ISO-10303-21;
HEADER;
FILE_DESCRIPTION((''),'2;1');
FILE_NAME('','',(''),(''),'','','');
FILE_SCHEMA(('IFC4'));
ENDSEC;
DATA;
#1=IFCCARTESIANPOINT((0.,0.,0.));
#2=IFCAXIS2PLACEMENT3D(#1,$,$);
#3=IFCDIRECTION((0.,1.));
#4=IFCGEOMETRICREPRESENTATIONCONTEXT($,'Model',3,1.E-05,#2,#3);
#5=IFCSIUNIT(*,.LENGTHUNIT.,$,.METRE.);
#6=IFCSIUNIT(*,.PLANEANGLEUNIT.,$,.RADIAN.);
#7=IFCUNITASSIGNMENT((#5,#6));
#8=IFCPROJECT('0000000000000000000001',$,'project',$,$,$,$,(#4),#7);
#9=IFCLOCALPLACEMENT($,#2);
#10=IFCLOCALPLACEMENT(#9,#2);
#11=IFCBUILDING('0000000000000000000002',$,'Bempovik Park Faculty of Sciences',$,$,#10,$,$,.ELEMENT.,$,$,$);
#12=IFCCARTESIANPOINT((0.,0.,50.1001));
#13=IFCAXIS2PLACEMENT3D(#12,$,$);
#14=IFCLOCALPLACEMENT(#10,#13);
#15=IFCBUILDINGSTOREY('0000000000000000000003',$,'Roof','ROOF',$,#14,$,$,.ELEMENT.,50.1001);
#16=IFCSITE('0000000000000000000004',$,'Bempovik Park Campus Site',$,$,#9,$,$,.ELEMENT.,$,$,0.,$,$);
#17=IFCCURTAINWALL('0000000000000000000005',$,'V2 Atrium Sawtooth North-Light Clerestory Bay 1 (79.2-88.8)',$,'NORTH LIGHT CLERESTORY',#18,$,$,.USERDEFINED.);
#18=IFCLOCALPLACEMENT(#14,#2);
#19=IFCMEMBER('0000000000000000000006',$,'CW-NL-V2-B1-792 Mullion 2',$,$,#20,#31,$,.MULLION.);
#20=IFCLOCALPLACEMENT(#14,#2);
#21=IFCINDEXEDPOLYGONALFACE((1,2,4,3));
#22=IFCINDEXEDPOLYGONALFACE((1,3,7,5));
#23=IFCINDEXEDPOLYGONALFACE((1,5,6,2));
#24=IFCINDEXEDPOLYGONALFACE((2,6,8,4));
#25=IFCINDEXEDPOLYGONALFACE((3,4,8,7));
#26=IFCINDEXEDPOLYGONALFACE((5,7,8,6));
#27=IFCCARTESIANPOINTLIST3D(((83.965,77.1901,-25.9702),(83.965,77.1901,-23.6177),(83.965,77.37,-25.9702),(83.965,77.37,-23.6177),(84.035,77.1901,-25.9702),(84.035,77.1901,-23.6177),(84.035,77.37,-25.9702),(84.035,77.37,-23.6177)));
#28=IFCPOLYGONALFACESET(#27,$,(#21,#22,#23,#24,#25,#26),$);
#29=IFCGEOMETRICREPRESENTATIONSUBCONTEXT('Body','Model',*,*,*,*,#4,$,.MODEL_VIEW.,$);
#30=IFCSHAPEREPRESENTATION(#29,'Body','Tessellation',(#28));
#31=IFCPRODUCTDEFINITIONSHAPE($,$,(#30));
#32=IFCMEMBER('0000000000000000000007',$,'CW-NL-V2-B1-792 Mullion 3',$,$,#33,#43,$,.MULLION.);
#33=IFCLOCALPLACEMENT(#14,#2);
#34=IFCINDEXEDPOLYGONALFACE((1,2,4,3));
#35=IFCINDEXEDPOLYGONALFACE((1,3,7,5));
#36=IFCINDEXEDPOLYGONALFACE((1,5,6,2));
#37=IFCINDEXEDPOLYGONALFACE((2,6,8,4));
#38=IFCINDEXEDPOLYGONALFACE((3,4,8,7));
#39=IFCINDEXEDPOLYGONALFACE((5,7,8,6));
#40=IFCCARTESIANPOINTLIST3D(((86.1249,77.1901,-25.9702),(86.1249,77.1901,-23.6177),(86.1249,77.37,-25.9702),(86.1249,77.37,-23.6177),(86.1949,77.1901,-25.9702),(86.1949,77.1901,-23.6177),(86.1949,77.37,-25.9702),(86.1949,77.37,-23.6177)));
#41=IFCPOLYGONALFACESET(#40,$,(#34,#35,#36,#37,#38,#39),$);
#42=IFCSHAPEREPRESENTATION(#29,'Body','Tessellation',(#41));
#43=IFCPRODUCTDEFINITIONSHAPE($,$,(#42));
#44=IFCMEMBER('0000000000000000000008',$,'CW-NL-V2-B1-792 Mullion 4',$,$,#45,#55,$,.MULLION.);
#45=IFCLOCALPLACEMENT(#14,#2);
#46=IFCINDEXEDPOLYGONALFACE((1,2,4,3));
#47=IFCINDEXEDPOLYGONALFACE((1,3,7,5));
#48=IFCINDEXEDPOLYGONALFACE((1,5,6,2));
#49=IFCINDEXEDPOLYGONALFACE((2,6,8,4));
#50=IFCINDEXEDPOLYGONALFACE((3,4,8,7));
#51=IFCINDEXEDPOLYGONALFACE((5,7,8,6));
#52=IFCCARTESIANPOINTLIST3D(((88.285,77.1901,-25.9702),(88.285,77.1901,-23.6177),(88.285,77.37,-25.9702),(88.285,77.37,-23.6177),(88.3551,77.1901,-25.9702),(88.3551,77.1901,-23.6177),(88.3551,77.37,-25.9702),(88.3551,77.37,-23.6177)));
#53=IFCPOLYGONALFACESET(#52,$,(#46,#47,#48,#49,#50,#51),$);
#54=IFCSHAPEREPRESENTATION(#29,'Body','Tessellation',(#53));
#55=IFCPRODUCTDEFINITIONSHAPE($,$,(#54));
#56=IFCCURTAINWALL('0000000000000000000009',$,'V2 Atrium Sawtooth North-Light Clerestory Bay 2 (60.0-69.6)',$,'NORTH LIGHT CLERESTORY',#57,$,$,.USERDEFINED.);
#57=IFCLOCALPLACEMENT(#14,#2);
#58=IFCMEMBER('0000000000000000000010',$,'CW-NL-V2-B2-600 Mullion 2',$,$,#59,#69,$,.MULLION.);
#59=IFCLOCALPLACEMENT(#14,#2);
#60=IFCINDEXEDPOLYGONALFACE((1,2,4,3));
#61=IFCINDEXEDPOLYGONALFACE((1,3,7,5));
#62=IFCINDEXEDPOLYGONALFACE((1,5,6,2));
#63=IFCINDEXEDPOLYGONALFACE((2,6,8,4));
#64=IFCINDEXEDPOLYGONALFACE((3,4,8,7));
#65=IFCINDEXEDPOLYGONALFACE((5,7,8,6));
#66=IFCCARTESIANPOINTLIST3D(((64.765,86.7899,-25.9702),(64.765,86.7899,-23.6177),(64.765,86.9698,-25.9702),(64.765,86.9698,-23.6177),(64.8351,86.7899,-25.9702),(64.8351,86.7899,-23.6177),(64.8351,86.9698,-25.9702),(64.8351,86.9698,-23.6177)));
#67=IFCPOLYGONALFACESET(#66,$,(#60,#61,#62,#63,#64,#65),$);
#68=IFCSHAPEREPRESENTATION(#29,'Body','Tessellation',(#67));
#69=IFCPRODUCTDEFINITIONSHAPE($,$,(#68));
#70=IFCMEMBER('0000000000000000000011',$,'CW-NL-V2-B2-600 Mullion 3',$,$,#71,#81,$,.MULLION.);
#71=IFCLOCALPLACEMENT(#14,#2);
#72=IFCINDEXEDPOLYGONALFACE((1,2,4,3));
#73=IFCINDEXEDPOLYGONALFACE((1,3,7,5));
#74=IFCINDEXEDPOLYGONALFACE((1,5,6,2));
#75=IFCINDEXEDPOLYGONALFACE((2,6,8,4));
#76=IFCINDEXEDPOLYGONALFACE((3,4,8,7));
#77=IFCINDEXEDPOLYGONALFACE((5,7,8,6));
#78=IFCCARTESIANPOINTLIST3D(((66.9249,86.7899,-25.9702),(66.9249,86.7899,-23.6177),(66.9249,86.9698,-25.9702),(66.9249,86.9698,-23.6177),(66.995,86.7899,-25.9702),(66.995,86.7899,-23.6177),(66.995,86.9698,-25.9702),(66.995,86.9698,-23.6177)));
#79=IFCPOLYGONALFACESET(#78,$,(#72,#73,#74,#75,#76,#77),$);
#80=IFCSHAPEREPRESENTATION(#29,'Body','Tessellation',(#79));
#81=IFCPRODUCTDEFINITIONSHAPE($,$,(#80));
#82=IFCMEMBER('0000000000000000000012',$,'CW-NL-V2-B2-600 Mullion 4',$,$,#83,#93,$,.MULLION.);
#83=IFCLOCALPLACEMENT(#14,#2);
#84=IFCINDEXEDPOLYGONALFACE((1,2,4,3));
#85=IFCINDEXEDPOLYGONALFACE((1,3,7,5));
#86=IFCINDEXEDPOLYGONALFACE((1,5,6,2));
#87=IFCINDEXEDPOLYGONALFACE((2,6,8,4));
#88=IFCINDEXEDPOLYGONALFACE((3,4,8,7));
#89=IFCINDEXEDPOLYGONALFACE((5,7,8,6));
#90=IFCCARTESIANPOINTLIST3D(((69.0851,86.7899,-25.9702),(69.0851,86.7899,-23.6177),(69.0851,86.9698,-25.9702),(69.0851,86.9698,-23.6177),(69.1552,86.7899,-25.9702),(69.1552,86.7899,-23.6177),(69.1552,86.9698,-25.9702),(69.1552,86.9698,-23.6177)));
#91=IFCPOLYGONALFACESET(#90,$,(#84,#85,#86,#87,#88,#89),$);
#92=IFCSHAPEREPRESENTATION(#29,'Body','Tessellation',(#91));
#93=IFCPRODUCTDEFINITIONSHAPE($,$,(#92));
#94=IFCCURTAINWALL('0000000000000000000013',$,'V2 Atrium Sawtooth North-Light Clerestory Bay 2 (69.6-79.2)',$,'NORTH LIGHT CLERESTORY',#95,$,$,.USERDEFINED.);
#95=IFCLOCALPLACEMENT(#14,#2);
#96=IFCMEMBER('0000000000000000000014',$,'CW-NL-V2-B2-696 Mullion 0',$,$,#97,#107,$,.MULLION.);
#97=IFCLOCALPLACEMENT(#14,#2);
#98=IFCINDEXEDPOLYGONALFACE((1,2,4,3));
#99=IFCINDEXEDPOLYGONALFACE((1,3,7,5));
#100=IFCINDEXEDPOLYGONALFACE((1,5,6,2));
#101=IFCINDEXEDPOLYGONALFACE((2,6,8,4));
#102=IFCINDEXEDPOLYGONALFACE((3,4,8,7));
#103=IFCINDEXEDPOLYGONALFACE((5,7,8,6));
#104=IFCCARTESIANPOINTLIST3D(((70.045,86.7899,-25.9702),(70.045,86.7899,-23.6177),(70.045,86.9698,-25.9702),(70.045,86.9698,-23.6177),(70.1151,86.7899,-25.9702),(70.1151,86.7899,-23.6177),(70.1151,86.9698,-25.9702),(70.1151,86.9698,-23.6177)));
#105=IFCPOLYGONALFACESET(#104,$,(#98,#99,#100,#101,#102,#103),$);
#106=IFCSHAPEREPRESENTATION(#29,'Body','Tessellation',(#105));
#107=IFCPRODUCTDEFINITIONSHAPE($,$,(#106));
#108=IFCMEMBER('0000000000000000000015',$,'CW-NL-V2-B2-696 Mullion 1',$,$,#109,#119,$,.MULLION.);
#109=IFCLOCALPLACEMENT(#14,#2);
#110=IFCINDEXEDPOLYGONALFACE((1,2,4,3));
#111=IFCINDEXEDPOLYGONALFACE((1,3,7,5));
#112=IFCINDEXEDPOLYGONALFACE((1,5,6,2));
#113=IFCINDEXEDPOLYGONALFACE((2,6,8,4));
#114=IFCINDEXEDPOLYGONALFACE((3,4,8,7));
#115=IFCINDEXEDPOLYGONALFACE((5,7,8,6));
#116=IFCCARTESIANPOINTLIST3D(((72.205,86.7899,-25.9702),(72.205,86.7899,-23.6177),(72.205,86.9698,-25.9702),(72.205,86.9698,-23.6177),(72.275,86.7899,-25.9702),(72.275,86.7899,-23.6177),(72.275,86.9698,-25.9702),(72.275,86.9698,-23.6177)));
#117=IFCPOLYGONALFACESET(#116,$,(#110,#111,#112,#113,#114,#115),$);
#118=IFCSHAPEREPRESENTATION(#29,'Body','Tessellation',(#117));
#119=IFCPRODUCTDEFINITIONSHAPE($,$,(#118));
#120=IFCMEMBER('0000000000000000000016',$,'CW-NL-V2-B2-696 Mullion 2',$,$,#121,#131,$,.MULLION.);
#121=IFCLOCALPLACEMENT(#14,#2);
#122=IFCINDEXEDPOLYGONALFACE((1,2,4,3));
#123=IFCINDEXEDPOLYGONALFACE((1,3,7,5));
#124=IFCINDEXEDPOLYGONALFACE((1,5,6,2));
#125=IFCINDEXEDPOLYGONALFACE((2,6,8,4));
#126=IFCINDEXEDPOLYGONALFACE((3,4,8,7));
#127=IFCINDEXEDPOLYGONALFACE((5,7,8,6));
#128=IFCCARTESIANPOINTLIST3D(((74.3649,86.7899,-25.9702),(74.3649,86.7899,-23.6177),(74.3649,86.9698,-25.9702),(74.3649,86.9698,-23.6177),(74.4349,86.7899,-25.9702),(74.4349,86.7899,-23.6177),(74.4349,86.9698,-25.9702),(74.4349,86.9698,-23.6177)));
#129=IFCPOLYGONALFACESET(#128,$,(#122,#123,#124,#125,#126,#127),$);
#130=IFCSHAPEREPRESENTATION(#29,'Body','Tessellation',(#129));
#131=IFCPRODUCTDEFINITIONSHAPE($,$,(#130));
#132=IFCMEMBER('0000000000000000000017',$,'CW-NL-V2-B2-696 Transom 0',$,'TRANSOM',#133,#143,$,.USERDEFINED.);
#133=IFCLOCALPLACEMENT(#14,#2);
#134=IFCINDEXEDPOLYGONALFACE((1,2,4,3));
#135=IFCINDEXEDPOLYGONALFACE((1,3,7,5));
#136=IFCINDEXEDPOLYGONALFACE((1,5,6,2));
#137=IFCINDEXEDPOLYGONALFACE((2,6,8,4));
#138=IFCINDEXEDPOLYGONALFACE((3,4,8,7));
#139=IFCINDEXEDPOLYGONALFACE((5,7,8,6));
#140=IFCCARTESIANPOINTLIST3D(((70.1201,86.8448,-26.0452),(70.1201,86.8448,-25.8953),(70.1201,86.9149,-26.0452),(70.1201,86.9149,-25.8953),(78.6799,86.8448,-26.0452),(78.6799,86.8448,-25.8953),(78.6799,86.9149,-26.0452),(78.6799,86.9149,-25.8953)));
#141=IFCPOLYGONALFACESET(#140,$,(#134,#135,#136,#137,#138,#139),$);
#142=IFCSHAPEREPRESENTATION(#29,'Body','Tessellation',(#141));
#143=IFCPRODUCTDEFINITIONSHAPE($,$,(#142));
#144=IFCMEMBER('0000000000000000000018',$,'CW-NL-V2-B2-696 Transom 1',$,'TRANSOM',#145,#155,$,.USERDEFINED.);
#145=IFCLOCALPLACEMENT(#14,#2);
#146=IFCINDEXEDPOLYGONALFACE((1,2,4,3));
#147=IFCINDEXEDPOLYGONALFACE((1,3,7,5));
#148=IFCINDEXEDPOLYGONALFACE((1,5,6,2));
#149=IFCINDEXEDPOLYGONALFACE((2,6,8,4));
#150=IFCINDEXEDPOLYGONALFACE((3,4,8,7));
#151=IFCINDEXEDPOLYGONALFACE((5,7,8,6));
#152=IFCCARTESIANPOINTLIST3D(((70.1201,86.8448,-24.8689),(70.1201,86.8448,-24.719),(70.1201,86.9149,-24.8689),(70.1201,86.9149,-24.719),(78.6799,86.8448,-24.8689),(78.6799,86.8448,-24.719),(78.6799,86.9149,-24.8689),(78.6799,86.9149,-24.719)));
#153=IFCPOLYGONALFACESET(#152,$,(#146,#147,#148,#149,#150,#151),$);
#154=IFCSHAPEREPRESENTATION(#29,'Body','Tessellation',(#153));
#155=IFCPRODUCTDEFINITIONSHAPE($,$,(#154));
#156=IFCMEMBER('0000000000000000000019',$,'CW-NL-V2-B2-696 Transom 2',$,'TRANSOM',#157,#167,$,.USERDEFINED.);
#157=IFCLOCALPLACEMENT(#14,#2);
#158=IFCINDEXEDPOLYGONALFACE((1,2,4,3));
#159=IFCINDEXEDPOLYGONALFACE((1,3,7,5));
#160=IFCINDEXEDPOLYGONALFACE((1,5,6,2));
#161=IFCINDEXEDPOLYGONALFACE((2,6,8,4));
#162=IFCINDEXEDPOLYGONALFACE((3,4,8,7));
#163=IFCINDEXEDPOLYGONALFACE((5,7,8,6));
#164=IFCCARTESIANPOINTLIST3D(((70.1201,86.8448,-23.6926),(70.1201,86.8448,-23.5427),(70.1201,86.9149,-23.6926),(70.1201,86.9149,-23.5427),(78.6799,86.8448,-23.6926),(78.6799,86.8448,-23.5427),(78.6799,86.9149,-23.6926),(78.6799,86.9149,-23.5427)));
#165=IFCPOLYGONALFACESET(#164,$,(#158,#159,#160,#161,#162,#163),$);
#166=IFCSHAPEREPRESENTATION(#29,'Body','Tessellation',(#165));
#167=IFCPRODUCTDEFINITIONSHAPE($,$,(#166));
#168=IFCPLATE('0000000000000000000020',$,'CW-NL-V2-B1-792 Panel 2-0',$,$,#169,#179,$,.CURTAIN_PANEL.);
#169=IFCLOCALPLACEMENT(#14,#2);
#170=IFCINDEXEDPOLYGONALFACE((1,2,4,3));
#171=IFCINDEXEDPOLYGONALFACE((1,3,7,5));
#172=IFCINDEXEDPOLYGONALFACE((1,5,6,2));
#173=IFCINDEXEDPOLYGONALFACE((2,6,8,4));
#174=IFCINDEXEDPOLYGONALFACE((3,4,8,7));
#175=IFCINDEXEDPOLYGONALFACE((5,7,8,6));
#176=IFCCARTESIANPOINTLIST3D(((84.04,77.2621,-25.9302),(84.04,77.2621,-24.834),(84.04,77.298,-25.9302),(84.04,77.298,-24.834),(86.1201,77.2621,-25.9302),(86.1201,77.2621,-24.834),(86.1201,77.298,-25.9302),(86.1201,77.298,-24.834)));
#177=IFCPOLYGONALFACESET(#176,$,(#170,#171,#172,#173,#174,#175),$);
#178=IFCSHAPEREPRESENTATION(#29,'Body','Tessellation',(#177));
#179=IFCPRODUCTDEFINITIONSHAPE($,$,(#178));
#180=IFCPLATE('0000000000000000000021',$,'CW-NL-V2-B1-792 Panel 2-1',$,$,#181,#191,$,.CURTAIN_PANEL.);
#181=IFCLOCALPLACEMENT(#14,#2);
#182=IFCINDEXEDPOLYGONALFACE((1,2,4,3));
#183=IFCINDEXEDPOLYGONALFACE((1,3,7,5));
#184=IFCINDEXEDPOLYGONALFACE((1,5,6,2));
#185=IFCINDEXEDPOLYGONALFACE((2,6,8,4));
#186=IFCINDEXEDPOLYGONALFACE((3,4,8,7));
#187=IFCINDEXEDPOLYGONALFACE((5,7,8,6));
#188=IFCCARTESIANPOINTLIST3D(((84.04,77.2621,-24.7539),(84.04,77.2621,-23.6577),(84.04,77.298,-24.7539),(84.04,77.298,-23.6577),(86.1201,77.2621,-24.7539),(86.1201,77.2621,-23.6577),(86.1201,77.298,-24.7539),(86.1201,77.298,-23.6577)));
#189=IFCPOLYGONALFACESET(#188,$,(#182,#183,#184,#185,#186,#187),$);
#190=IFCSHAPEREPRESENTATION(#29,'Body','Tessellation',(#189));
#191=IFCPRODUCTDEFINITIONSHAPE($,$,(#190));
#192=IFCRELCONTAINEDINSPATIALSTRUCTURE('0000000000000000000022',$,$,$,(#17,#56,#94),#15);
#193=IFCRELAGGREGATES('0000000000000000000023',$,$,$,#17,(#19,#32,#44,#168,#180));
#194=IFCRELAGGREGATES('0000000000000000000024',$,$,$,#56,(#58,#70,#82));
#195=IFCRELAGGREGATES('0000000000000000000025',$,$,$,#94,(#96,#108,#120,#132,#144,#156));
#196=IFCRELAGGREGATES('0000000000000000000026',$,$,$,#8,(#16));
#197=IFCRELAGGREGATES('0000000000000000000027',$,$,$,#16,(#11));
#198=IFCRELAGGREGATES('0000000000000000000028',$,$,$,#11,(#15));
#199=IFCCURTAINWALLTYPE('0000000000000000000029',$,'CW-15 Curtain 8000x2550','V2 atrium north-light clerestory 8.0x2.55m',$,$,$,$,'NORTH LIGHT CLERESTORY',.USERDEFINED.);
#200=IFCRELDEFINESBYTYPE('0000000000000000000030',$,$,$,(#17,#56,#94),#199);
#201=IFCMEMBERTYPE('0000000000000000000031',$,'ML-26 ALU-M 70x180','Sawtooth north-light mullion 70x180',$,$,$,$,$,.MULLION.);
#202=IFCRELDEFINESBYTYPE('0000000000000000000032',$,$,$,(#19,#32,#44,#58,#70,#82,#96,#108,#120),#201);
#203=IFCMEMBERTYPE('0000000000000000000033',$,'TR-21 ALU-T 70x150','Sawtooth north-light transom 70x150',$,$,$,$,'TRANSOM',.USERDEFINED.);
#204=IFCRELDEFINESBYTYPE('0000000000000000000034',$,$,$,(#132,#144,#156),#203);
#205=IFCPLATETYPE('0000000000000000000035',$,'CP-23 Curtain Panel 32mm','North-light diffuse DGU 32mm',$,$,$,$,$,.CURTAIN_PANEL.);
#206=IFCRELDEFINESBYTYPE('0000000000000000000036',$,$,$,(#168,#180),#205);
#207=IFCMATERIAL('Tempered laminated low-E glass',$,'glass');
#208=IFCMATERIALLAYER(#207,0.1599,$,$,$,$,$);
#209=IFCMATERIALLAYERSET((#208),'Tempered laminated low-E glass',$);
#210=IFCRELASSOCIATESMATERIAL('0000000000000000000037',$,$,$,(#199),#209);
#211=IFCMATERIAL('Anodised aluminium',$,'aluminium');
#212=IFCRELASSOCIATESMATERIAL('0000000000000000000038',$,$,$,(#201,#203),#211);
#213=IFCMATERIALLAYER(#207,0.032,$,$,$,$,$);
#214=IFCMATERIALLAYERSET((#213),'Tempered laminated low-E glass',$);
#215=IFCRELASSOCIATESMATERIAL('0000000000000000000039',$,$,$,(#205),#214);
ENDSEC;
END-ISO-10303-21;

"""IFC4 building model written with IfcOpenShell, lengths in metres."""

from ifc_helpers import new_model, si_unit, direction, frame, origin, origin_2d, place, context, subcontext, project, spatial, rectangle, extrude, material, layer, layer_set, material_profile, profile_set, type_object, element, aggregate, save


model = new_model("IFC4")

# Units and contexts
model_context = context("Model", 3, precision=1e-05, world=origin(), true_north=direction((0.0, 1.0)))
body_context = subcontext(model_context, "Body", "Model", "MODEL_VIEW")
ifc_project = project(units=[si_unit("LENGTHUNIT", "METRE"), si_unit("PLANEANGLEUNIT", "RADIAN")], contexts=[model_context])

# Site, building, storey
site_placement = place(None, origin())
site = spatial("IfcSite", under=ifc_project, at=site_placement, Name="Bempovik Park Campus Site", CompositionType="ELEMENT", RefElevation=0.0)
building_placement = place(site_placement, origin())
building = spatial("IfcBuilding", under=site, at=building_placement, Name="Bempovik Park Faculty of Sciences", CompositionType="ELEMENT")
storey_placement = place(building_placement, frame((0.0, 0.0, 50.1001)))
storey = spatial("IfcBuildingStorey", under=building, at=storey_placement, Name="Roof", Description="ROOF", CompositionType="ELEMENT", Elevation=50.1001)

# Curtain walls, members
ifc_material_1 = material(Name="Tempered laminated low-E glass", Category="glass")
ifc_layer_1 = layer(ifc_material_1, 0.1599)
ifc_layer_set_1 = layer_set([ifc_layer_1], Name="Tempered laminated low-E glass")
curtain_wall_type = type_object("IfcCurtainWallType", Name="CW-15 Curtain 8000x2550", Description="V2 atrium north-light clerestory 8.0x2.55m", ElementType="NORTH LIGHT CLERESTORY", PredefinedType="USERDEFINED", material=ifc_layer_set_1)
curtain_wall_1_placement = place(storey_placement, origin())
curtain_wall_1 = element("IfcCurtainWall", 1, at=curtain_wall_1_placement, inside=storey, type_object=curtain_wall_type, Name="V2 Atrium Sawtooth North-Light Clerestory Bay 1 (79.2-88.8)", ObjectType="NORTH LIGHT CLERESTORY", PredefinedType="USERDEFINED")
ifc_material_2 = material(Name="Anodised aluminium", Category="aluminium")
ifc_material_profile_1 = material_profile(ifc_material_2, rectangle(XDim=0.0701, YDim=0.1799, at=origin_2d()), Name="ALU-M 70x180")
ifc_profile_set_1 = profile_set([ifc_material_profile_1], Name="Anodised aluminium")
member_type_1 = type_object("IfcMemberType", Name="ML-26 ALU-M 70x180", Description="Sawtooth north-light mullion 70x180", PredefinedType="MULLION", material=ifc_profile_set_1)
member_1_placement = place(storey_placement, frame((84.0, 77.28, -25.9702), z_axis=(0.0, 0.0, 1.0), x_axis=(1.0, 0.0, 0.0)))
member_1 = element("IfcMember", 2, at=member_1_placement, type_object=member_type_1, Name="CW-NL-V2-B1-792 Mullion 2", PredefinedType="MULLION", context=body_context, shape_type="SweptSolid", body=[
    extrude(rectangle(XDim=0.0701, YDim=0.1799, at=origin_2d()), origin(), (0.0, 0.0, 1.0), 2.3525),
])
member_2_placement = place(storey_placement, frame((86.1599, 77.28, -25.9702), z_axis=(0.0, 0.0, 1.0), x_axis=(1.0, 0.0, 0.0)))
member_2 = element("IfcMember", 3, at=member_2_placement, type_object=member_type_1, Name="CW-NL-V2-B1-792 Mullion 3", PredefinedType="MULLION", context=body_context, shape_type="SweptSolid", body=[
    extrude(rectangle(XDim=0.0701, YDim=0.1799, at=origin_2d()), origin(), (0.0, 0.0, 1.0), 2.3525),
])
member_3_placement = place(storey_placement, frame((88.3201, 77.28, -25.9702), z_axis=(0.0, 0.0, 1.0), x_axis=(1.0, 0.0, 0.0)))
member_3 = element("IfcMember", 4, at=member_3_placement, type_object=member_type_1, Name="CW-NL-V2-B1-792 Mullion 4", PredefinedType="MULLION", context=body_context, shape_type="SweptSolid", body=[
    extrude(rectangle(XDim=0.0701, YDim=0.1799, at=origin_2d()), origin(), (0.0, 0.0, 1.0), 2.3525),
])
curtain_wall_2_placement = place(storey_placement, origin())
curtain_wall_2 = element("IfcCurtainWall", 5, at=curtain_wall_2_placement, inside=storey, type_object=curtain_wall_type, Name="V2 Atrium Sawtooth North-Light Clerestory Bay 2 (60.0-69.6)", ObjectType="NORTH LIGHT CLERESTORY", PredefinedType="USERDEFINED")
member_4_placement = place(storey_placement, frame((64.8, 86.8799, -25.9702), z_axis=(0.0, 0.0, 1.0), x_axis=(1.0, 0.0, 0.0)))
member_4 = element("IfcMember", 6, at=member_4_placement, type_object=member_type_1, Name="CW-NL-V2-B2-600 Mullion 2", PredefinedType="MULLION", context=body_context, shape_type="SweptSolid", body=[
    extrude(rectangle(XDim=0.0701, YDim=0.1799, at=origin_2d()), origin(), (0.0, 0.0, 1.0), 2.3525),
])
member_5_placement = place(storey_placement, frame((66.96, 86.8799, -25.9702), z_axis=(0.0, 0.0, 1.0), x_axis=(1.0, 0.0, 0.0)))
member_5 = element("IfcMember", 7, at=member_5_placement, type_object=member_type_1, Name="CW-NL-V2-B2-600 Mullion 3", PredefinedType="MULLION", context=body_context, shape_type="SweptSolid", body=[
    extrude(rectangle(XDim=0.0701, YDim=0.1799, at=origin_2d()), origin(), (0.0, 0.0, 1.0), 2.3525),
])
member_6_placement = place(storey_placement, frame((69.1201, 86.8799, -25.9702), z_axis=(0.0, 0.0, 1.0), x_axis=(1.0, 0.0, 0.0)))
member_6 = element("IfcMember", 8, at=member_6_placement, type_object=member_type_1, Name="CW-NL-V2-B2-600 Mullion 4", PredefinedType="MULLION", context=body_context, shape_type="SweptSolid", body=[
    extrude(rectangle(XDim=0.0701, YDim=0.1799, at=origin_2d()), origin(), (0.0, 0.0, 1.0), 2.3525),
])
curtain_wall_3_placement = place(storey_placement, origin())
curtain_wall_3 = element("IfcCurtainWall", 9, at=curtain_wall_3_placement, inside=storey, type_object=curtain_wall_type, Name="V2 Atrium Sawtooth North-Light Clerestory Bay 2 (69.6-79.2)", ObjectType="NORTH LIGHT CLERESTORY", PredefinedType="USERDEFINED")
member_7_placement = place(storey_placement, frame((70.0801, 86.8799, -25.9702), z_axis=(0.0, 0.0, 1.0), x_axis=(1.0, 0.0, 0.0)))
member_7 = element("IfcMember", 10, at=member_7_placement, type_object=member_type_1, Name="CW-NL-V2-B2-696 Mullion 0", PredefinedType="MULLION", context=body_context, shape_type="SweptSolid", body=[
    extrude(rectangle(XDim=0.0701, YDim=0.1799, at=origin_2d()), origin(), (0.0, 0.0, 1.0), 2.3525),
])
member_8_placement = place(storey_placement, frame((72.24, 86.8799, -25.9702), z_axis=(0.0, 0.0, 1.0), x_axis=(1.0, 0.0, 0.0)))
member_8 = element("IfcMember", 11, at=member_8_placement, type_object=member_type_1, Name="CW-NL-V2-B2-696 Mullion 1", PredefinedType="MULLION", context=body_context, shape_type="SweptSolid", body=[
    extrude(rectangle(XDim=0.0701, YDim=0.1799, at=origin_2d()), origin(), (0.0, 0.0, 1.0), 2.3525),
])
member_9_placement = place(storey_placement, frame((74.3999, 86.8799, -25.9702), z_axis=(0.0, 0.0, 1.0), x_axis=(1.0, 0.0, 0.0)))
member_9 = element("IfcMember", 12, at=member_9_placement, type_object=member_type_1, Name="CW-NL-V2-B2-696 Mullion 2", PredefinedType="MULLION", context=body_context, shape_type="SweptSolid", body=[
    extrude(rectangle(XDim=0.0701, YDim=0.1799, at=origin_2d()), origin(), (0.0, 0.0, 1.0), 2.3525),
])
ifc_material_profile_2 = material_profile(ifc_material_2, rectangle(XDim=0.0701, YDim=0.1499, at=origin_2d()), Name="ALU-T 70x150")
ifc_profile_set_2 = profile_set([ifc_material_profile_2], Name="Anodised aluminium")
member_type_2 = type_object("IfcMemberType", Name="TR-21 ALU-T 70x150", Description="Sawtooth north-light transom 70x150", ElementType="TRANSOM", PredefinedType="USERDEFINED", material=ifc_profile_set_2)
member_10_placement = place(storey_placement, frame((70.1201, 86.8799, -25.9702), z_axis=(1.0, 0.0, 0.0), x_axis=(0.0, 1.0, 0.0)))
member_10 = element("IfcMember", 13, at=member_10_placement, type_object=member_type_2, Name="CW-NL-V2-B2-696 Transom 0", ObjectType="TRANSOM", PredefinedType="USERDEFINED", context=body_context, shape_type="SweptSolid", body=[
    extrude(rectangle(XDim=0.0701, YDim=0.1499, at=origin_2d()), origin(), (0.0, 0.0, 1.0), 8.5598),
])
member_11_placement = place(storey_placement, frame((70.1201, 86.8799, -24.7939), z_axis=(1.0, 0.0, 0.0), x_axis=(0.0, 1.0, 0.0)))
member_11 = element("IfcMember", 14, at=member_11_placement, type_object=member_type_2, Name="CW-NL-V2-B2-696 Transom 1", ObjectType="TRANSOM", PredefinedType="USERDEFINED", context=body_context, shape_type="SweptSolid", body=[
    extrude(rectangle(XDim=0.0701, YDim=0.1499, at=origin_2d()), origin(), (0.0, 0.0, 1.0), 8.5598),
])
member_12_placement = place(storey_placement, frame((70.1201, 86.8799, -23.6177), z_axis=(1.0, 0.0, 0.0), x_axis=(0.0, 1.0, 0.0)))
member_12 = element("IfcMember", 15, at=member_12_placement, type_object=member_type_2, Name="CW-NL-V2-B2-696 Transom 2", ObjectType="TRANSOM", PredefinedType="USERDEFINED", context=body_context, shape_type="SweptSolid", body=[
    extrude(rectangle(XDim=0.0701, YDim=0.1499, at=origin_2d()), origin(), (0.0, 0.0, 1.0), 8.5598),
])

# Plates
ifc_layer_2 = layer(ifc_material_1, 0.032)
ifc_layer_set_2 = layer_set([ifc_layer_2], Name="Tempered laminated low-E glass")
plate_type = type_object("IfcPlateType", Name="CP-23 Curtain Panel 32mm", Description="North-light diffuse DGU 32mm", PredefinedType="CURTAIN_PANEL", material=ifc_layer_set_2)
plate_1_placement = place(storey_placement, frame((85.0801, 77.28, -25.9302), z_axis=(0.0, 0.0, 1.0), x_axis=(1.0, 0.0, 0.0)))
plate_1 = element("IfcPlate", 16, at=plate_1_placement, type_object=plate_type, Name="CW-NL-V2-B1-792 Panel 2-0", PredefinedType="CURTAIN_PANEL", context=body_context, shape_type="SweptSolid", body=[
    extrude(rectangle(XDim=2.0801, YDim=0.0359, at=origin_2d()), origin(), (0.0, 0.0, 1.0), 1.0962),
])
plate_2_placement = place(storey_placement, frame((85.0801, 77.28, -24.7539), z_axis=(0.0, 0.0, 1.0), x_axis=(1.0, 0.0, 0.0)))
plate_2 = element("IfcPlate", 17, at=plate_2_placement, type_object=plate_type, Name="CW-NL-V2-B1-792 Panel 2-1", PredefinedType="CURTAIN_PANEL", context=body_context, shape_type="SweptSolid", body=[
    extrude(rectangle(XDim=2.0801, YDim=0.0359, at=origin_2d()), origin(), (0.0, 0.0, 1.0), 1.0962),
])
aggregate(curtain_wall_1, [member_1, member_2, member_3, plate_1, plate_2])
aggregate(curtain_wall_2, [member_4, member_5, member_6])
aggregate(curtain_wall_3, [member_7, member_8, member_9, member_10, member_11, member_12])

save(model, "model.ifc")
